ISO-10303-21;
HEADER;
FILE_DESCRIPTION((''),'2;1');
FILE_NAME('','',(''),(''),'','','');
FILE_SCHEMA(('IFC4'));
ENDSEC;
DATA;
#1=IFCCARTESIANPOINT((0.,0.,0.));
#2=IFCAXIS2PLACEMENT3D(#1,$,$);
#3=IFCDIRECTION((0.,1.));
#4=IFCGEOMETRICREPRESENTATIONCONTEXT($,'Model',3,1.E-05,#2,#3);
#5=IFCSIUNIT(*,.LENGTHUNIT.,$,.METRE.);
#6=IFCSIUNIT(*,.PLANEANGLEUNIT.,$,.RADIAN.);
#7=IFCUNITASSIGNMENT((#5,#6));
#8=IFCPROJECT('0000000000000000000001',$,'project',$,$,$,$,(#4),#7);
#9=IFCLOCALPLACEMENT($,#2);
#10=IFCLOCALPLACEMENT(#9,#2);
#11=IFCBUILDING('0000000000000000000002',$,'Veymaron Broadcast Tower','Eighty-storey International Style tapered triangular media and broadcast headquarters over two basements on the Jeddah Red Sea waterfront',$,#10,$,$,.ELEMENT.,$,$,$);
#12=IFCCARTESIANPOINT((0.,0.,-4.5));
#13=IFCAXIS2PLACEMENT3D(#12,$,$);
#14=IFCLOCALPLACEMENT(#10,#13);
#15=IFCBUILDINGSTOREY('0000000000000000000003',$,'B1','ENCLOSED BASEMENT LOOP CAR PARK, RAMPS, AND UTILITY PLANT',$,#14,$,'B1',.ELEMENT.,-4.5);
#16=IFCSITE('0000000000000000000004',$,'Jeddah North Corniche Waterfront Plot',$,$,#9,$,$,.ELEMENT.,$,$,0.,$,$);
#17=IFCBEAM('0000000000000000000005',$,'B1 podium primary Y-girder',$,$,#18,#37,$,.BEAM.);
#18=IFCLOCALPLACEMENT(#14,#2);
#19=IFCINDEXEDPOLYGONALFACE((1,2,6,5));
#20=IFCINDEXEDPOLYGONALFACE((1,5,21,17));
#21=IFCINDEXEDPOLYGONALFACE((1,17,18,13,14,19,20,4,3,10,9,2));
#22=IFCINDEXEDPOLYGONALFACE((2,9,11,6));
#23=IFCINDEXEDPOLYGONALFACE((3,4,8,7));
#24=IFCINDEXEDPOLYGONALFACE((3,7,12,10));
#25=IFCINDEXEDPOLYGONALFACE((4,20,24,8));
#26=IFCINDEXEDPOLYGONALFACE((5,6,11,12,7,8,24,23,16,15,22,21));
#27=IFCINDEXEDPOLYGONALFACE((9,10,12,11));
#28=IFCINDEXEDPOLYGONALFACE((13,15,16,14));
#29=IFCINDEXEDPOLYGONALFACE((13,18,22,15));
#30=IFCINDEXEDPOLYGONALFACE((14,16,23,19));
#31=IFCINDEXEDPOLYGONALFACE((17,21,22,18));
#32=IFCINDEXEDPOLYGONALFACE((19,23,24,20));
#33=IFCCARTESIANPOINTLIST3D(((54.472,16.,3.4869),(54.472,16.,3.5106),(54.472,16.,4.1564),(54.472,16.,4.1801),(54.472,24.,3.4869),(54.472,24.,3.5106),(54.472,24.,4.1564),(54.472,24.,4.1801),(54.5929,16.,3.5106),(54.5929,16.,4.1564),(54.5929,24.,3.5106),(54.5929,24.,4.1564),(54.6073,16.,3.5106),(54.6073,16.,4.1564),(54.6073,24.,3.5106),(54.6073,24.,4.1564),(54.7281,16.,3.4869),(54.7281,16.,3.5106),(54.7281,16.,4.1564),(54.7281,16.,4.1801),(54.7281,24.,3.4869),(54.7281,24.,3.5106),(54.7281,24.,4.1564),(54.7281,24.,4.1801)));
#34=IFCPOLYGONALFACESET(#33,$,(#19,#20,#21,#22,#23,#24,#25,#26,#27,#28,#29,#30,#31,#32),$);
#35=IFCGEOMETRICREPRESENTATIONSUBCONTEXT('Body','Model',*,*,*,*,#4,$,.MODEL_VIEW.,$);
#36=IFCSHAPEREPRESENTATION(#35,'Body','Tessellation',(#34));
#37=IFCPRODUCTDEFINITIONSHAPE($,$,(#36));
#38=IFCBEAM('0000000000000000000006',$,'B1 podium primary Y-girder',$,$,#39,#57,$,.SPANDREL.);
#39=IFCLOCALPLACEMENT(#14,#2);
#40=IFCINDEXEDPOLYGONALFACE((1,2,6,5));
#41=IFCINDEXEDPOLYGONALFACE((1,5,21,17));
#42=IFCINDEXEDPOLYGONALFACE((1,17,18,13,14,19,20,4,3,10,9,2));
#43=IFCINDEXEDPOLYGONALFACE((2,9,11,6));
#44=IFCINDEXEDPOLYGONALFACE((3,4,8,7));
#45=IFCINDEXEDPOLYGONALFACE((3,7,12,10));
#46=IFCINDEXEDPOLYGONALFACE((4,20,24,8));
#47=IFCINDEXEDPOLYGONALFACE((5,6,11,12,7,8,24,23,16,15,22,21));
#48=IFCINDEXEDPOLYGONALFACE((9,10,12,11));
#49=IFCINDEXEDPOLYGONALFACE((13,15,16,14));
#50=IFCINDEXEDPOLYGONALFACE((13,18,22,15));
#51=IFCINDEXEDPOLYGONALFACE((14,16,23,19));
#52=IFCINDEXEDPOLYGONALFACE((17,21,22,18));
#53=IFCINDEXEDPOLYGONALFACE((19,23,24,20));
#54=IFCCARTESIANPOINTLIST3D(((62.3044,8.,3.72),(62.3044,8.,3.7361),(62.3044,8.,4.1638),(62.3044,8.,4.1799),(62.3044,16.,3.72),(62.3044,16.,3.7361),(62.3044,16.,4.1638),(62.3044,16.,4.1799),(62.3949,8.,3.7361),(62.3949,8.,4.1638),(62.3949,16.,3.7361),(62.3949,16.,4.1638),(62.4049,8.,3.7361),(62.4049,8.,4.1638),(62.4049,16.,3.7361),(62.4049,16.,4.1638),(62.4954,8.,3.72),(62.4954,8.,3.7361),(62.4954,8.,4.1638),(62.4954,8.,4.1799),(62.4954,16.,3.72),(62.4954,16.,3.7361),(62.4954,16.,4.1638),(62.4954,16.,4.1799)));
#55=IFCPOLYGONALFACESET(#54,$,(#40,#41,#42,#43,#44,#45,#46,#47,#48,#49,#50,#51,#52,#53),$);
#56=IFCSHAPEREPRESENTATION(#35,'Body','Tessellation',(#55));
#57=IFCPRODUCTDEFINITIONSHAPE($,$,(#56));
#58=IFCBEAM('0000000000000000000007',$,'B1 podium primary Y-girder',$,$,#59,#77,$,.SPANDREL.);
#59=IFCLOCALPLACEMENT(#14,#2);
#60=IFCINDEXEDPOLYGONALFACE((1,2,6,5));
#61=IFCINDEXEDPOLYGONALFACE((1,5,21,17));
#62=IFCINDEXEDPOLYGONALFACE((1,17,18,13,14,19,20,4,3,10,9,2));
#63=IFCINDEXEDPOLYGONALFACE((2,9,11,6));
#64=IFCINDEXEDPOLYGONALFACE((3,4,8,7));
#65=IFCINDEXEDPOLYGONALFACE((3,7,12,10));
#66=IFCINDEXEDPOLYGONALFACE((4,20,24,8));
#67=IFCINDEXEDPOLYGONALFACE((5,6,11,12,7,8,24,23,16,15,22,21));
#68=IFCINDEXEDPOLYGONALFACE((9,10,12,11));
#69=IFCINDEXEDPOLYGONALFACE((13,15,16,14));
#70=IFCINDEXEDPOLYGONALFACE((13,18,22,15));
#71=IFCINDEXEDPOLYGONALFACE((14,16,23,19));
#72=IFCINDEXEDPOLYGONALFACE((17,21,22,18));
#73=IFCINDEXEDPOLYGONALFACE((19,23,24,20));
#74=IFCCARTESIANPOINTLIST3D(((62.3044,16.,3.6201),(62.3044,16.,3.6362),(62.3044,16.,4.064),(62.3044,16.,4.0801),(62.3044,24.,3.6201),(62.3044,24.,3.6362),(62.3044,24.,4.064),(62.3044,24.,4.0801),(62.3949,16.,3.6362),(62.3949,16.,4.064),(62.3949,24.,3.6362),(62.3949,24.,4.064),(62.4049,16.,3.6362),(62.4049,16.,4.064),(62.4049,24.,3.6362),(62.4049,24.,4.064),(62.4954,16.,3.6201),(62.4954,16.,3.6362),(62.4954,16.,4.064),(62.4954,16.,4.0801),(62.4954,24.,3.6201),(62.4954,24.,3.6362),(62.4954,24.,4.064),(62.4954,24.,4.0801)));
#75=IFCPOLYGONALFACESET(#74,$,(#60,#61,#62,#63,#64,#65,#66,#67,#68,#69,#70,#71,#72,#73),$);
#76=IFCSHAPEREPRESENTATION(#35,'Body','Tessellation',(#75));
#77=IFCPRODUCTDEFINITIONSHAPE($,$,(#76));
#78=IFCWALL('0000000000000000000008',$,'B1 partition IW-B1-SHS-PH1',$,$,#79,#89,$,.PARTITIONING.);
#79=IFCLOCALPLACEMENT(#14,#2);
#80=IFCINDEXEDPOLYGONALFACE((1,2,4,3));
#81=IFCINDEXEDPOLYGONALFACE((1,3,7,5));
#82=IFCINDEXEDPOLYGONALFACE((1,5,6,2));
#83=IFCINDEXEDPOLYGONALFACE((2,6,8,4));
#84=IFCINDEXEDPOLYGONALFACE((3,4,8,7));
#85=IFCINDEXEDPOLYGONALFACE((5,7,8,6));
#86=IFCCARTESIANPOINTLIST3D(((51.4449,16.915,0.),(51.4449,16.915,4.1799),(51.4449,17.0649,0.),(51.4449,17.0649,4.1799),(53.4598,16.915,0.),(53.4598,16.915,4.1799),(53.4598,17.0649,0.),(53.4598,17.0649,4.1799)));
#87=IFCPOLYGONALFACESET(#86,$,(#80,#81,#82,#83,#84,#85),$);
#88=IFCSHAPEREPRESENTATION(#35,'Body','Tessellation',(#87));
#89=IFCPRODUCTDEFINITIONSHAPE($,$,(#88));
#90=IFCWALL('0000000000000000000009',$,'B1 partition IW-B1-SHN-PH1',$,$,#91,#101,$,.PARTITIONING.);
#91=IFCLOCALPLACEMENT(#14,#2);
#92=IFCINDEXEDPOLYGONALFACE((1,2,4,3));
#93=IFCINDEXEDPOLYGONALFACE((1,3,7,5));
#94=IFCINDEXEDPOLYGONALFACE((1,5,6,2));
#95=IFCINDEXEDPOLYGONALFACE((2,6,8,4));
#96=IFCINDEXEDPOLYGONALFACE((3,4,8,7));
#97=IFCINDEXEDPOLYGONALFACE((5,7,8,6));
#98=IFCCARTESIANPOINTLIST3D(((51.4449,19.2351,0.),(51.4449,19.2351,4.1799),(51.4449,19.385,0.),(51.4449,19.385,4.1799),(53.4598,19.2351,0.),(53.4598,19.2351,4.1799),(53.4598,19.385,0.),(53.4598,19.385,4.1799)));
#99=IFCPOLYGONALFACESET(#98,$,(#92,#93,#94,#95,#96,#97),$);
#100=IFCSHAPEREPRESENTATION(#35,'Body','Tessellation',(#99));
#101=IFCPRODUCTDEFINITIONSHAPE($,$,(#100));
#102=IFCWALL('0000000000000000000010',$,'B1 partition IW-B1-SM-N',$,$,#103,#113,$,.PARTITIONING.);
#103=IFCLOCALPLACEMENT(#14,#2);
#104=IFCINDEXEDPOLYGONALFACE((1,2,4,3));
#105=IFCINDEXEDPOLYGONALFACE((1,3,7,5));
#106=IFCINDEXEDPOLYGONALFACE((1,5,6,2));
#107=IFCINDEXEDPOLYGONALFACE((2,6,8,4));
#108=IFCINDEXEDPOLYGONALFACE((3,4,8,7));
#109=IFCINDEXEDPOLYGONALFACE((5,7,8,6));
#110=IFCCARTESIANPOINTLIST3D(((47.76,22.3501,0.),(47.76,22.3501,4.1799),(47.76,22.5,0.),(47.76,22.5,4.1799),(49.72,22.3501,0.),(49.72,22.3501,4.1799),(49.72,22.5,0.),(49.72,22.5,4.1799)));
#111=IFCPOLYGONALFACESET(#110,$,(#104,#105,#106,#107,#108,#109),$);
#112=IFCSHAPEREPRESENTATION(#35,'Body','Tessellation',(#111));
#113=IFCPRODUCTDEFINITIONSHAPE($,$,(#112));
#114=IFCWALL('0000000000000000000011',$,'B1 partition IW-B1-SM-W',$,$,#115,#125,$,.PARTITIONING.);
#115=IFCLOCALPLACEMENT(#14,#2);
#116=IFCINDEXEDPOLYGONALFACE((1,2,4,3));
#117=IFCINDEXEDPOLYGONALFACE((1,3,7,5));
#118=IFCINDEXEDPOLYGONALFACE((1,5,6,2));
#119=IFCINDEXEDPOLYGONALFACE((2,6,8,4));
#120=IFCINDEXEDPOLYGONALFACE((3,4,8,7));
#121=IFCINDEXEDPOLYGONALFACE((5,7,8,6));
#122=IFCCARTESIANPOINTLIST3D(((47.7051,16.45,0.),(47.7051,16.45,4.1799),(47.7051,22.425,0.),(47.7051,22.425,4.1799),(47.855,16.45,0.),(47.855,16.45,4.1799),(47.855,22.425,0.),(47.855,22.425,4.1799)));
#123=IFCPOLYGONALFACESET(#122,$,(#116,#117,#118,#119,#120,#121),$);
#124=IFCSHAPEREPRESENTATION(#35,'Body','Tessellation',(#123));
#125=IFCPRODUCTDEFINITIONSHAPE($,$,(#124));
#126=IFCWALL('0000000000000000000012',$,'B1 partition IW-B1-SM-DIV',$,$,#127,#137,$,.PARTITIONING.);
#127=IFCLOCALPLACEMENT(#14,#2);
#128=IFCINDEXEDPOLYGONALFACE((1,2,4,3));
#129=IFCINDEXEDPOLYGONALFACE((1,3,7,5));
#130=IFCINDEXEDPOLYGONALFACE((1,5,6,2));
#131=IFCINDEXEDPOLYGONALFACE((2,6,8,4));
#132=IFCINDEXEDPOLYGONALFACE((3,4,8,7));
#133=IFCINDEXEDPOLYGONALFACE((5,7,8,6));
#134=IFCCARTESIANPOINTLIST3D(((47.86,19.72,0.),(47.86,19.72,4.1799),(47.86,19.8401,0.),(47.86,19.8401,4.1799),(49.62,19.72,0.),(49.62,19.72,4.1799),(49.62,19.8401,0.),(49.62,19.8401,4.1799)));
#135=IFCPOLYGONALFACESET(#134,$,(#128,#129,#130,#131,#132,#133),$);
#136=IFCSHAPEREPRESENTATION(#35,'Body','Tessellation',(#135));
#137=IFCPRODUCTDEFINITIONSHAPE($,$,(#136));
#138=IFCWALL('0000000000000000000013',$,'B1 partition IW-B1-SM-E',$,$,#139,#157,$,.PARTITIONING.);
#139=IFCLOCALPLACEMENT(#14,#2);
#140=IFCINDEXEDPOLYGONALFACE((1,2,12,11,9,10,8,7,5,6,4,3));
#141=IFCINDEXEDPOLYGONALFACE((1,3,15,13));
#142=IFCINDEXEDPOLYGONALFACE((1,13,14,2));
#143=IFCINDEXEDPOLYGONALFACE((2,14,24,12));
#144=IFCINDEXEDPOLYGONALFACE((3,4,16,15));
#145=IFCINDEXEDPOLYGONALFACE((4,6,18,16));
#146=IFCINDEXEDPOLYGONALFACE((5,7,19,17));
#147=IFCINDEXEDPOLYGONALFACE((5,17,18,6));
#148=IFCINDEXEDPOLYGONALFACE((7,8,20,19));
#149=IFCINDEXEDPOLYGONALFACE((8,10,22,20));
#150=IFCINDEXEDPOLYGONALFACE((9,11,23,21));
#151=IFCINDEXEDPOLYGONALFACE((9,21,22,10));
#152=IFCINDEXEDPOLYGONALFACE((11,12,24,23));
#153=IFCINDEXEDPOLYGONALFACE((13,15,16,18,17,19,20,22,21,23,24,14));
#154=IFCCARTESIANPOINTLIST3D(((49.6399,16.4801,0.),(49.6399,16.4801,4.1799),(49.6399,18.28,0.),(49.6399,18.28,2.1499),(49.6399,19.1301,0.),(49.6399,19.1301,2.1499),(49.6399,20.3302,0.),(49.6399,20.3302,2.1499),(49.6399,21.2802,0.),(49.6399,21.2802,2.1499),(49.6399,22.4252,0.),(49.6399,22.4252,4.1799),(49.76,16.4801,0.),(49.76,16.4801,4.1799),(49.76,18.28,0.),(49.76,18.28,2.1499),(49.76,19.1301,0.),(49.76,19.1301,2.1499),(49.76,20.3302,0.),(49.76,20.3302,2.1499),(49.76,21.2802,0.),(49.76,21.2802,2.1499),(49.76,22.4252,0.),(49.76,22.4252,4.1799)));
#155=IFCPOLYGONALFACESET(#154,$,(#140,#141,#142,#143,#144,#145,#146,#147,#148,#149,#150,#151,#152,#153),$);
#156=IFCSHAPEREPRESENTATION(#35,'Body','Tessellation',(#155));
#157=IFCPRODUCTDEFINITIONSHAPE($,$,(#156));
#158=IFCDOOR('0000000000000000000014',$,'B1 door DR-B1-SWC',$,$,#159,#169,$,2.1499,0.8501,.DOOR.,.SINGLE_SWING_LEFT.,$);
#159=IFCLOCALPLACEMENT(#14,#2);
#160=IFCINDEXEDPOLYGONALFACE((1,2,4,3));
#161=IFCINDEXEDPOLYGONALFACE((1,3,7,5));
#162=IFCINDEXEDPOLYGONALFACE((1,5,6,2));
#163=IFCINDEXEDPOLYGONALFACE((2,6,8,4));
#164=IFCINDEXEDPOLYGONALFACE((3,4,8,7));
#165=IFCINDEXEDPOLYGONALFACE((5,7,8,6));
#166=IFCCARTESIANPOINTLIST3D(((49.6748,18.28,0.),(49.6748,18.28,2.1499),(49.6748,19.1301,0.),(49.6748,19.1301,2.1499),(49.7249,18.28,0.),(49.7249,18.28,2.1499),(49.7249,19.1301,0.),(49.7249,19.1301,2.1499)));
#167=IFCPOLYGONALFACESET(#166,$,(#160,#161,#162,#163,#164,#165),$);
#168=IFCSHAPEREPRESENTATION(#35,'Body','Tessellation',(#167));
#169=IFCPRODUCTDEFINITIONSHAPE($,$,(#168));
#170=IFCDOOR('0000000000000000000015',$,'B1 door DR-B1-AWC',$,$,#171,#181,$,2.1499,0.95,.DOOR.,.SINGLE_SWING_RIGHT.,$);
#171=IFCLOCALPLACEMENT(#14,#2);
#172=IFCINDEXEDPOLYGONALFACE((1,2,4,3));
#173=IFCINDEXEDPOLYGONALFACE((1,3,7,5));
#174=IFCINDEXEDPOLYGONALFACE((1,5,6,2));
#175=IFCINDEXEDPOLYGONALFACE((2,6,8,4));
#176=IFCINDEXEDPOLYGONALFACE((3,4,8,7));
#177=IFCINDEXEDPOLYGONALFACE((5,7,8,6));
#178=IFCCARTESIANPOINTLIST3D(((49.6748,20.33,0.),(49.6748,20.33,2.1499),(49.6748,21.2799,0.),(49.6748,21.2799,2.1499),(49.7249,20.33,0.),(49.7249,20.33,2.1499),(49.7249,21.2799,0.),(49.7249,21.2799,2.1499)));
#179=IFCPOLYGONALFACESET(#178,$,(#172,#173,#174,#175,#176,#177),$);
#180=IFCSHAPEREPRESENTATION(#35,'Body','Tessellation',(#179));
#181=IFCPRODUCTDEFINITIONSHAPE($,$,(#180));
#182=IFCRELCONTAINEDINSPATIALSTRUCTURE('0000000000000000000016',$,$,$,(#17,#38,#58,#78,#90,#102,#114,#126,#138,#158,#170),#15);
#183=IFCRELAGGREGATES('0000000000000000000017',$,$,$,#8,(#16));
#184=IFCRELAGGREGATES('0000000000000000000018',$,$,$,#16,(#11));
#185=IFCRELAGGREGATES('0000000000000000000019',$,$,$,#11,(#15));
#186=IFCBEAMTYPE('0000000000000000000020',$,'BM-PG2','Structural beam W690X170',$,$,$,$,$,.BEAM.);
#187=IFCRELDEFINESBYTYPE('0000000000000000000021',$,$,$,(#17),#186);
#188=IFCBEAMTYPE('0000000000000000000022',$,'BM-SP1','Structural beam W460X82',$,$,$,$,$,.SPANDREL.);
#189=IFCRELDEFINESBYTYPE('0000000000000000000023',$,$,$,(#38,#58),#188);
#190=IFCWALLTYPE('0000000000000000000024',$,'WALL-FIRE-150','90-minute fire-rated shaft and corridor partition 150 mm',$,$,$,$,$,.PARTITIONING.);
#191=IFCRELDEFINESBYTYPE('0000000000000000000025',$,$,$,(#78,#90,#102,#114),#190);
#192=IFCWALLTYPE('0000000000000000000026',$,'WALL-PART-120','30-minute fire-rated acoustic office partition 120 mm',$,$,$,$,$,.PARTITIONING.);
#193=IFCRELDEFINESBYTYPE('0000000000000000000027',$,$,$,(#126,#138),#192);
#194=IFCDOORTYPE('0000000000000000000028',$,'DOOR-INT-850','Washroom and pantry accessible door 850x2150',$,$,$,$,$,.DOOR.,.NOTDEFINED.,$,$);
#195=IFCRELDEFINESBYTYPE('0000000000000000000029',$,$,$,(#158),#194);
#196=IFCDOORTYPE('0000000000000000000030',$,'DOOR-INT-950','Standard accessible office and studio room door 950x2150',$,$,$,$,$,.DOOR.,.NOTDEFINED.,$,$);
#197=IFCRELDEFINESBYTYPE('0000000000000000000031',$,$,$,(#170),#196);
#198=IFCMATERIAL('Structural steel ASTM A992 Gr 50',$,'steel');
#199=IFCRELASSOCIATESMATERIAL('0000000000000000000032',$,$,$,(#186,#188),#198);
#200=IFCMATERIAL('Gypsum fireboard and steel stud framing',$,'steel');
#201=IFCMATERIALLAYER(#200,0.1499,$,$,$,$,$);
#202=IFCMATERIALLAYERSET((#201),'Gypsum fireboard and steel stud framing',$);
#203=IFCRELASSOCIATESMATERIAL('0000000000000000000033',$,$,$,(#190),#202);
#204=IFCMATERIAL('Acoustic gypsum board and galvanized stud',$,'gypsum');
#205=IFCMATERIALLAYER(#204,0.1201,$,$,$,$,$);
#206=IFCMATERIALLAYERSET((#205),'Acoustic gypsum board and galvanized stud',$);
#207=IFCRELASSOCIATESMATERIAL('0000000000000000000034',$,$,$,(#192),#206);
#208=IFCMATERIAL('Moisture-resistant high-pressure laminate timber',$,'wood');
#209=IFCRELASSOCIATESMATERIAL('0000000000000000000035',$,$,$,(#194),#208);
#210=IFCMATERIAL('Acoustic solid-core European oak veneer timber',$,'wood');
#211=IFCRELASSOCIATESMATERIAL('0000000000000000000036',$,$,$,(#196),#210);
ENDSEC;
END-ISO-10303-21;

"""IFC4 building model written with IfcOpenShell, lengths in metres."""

from ifc_helpers import new_model, si_unit, direction, frame, frame_2d, origin, origin_2d, place, context, subcontext, project, spatial, rectangle, i_section, extrude, material, layer, layer_set, material_profile, profile_set, type_object, element, fill, save


model = new_model("IFC4")

# Units and contexts
model_context = context("Model", 3, precision=1e-05, world=origin(), true_north=direction((0.0, 1.0)))
body_context = subcontext(model_context, "Body", "Model", "MODEL_VIEW")
ifc_project = project(units=[si_unit("LENGTHUNIT", "METRE"), si_unit("PLANEANGLEUNIT", "RADIAN")], contexts=[model_context])

# Site, building, storey
site_placement = place(None, origin())
site = spatial("IfcSite", under=ifc_project, at=site_placement, Name="Jeddah North Corniche Waterfront Plot", CompositionType="ELEMENT", RefElevation=0.0)
building_placement = place(site_placement, origin())
building = spatial("IfcBuilding", under=site, at=building_placement, Name="Veymaron Broadcast Tower", Description="Eighty-storey International Style tapered triangular media and broadcast headquarters over two basements on the Jeddah Red Sea waterfront", CompositionType="ELEMENT")
storey_placement = place(building_placement, frame((0.0, 0.0, -4.5)))
storey = spatial("IfcBuildingStorey", under=building, at=storey_placement, Name="B1", Description="ENCLOSED BASEMENT LOOP CAR PARK, RAMPS, AND UTILITY PLANT", LongName="B1", CompositionType="ELEMENT", Elevation=-4.5)

# Beams
ifc_material_1 = material(Name="Structural steel ASTM A992 Gr 50", Category="steel")
ifc_material_profile_1 = material_profile(ifc_material_1, i_section(OverallWidth=0.2561, OverallDepth=0.6931, WebThickness=0.0144, FlangeThickness=0.0237, at=origin_2d()), Name="W690X170")
ifc_profile_set_1 = profile_set([ifc_material_profile_1], Name="Structural steel ASTM A992 Gr 50")
beam_type_1 = type_object("IfcBeamType", Name="BM-PG2", Description="Structural beam W690X170", PredefinedType="BEAM", material=ifc_profile_set_1)
beam_1_placement = place(storey_placement, frame((54.6001, 16.0, 3.8335), z_axis=(0.0, 1.0, 0.0), x_axis=(-1.0, 0.0, 0.0)))
element("IfcBeam", 1, at=beam_1_placement, inside=storey, type_object=beam_type_1, Name="B1 podium primary Y-girder", PredefinedType="BEAM", context=body_context, shape_type="SweptSolid", body=[
    extrude(i_section(OverallWidth=0.2561, OverallDepth=0.6931, WebThickness=0.0144, FlangeThickness=0.0237, at=origin_2d()), origin(), (0.0, 0.0, 1.0), 8.0),
])
ifc_material_profile_2 = material_profile(ifc_material_1, i_section(OverallWidth=0.1909, OverallDepth=0.46, WebThickness=0.01, FlangeThickness=0.0161, at=origin_2d()), Name="W460X82")
ifc_profile_set_2 = profile_set([ifc_material_profile_2], Name="Structural steel ASTM A992 Gr 50")
beam_type_2 = type_object("IfcBeamType", Name="BM-SP1", Description="Structural beam W460X82", PredefinedType="SPANDREL", material=ifc_profile_set_2)
for number, where, z_axis, x_axis, name in (
    (2, (62.3999, 8.0, 3.95), (0.0, 1.0, 0.0), (-1.0, 0.0, 0.0), "B1 podium primary Y-girder"),
    (3, (62.3999, 16.0, 3.8501), (0.0, 1.0, 0.0), (-1.0, 0.0, 0.0), "B1 podium primary Y-girder"),
):
    element("IfcBeam", number, at=place(storey_placement, frame(where, z_axis=z_axis, x_axis=x_axis)), inside=storey, type_object=beam_type_2, Name=name, PredefinedType="SPANDREL", context=body_context, shape_type="SweptSolid", body=[
        extrude(i_section(OverallWidth=0.1909, OverallDepth=0.46, WebThickness=0.01, FlangeThickness=0.0161, at=origin_2d()), origin(), (0.0, 0.0, 1.0), 8.0),
    ])

# Shared definitions
ifc_material_2 = material(Name="Gypsum fireboard and steel stud framing", Category="steel")
ifc_layer_1 = layer(ifc_material_2, 0.1499)
ifc_layer_set_1 = layer_set([ifc_layer_1], Name="Gypsum fireboard and steel stud framing")
wall_type_1 = type_object("IfcWallType", Name="WALL-FIRE-150", Description="90-minute fire-rated shaft and corridor partition 150 mm", PredefinedType="PARTITIONING", material=ifc_layer_set_1)

# Walls
for number, where, z_axis, x_axis, name in (
    (4, (51.4451, 16.99, 0.0), (0.0, 0.0, 1.0), (1.0, 0.0, 0.0), "B1 partition IW-B1-SHS-PH1"),
    (5, (51.4451, 19.3101, 0.0), (0.0, 0.0, 1.0), (1.0, 0.0, 0.0), "B1 partition IW-B1-SHN-PH1"),
):
    element("IfcWall", number, at=place(storey_placement, frame(where, z_axis=z_axis, x_axis=x_axis)), inside=storey, type_object=wall_type_1, Name=name, PredefinedType="PARTITIONING", context=body_context, shape_type="SweptSolid", body=[
        extrude(rectangle(XDim=2.0149, YDim=0.1499, at=frame_2d((1.0073, 0.0))), origin(), (0.0, 0.0, 1.0), 4.1799),
    ])

# Walls
wall_1_placement = place(storey_placement, frame((47.76, 22.425, 0.0), z_axis=(0.0, 0.0, 1.0), x_axis=(1.0, 0.0, 0.0)))
element("IfcWall", 6, at=wall_1_placement, inside=storey, type_object=wall_type_1, Name="B1 partition IW-B1-SM-N", PredefinedType="PARTITIONING", context=body_context, shape_type="SweptSolid", body=[
    extrude(rectangle(XDim=1.96, YDim=0.1499, at=frame_2d((0.98, 0.0))), origin(), (0.0, 0.0, 1.0), 4.1799),
])
wall_2_placement = place(storey_placement, frame((47.78, 16.45, 0.0), z_axis=(0.0, 0.0, 1.0), x_axis=(0.0, 1.0, 0.0)))
element("IfcWall", 7, at=wall_2_placement, inside=storey, type_object=wall_type_1, Name="B1 partition IW-B1-SM-W", PredefinedType="PARTITIONING", context=body_context, shape_type="SweptSolid", body=[
    extrude(rectangle(XDim=5.9751, YDim=0.1499, at=frame_2d((2.9875, 0.0))), origin(), (0.0, 0.0, 1.0), 4.1799),
])
ifc_material_3 = material(Name="Acoustic gypsum board and galvanized stud", Category="gypsum")
ifc_layer_2 = layer(ifc_material_3, 0.1201)
ifc_layer_set_2 = layer_set([ifc_layer_2], Name="Acoustic gypsum board and galvanized stud")
wall_type_2 = type_object("IfcWallType", Name="WALL-PART-120", Description="30-minute fire-rated acoustic office partition 120 mm", PredefinedType="PARTITIONING", material=ifc_layer_set_2)
wall_3_placement = place(storey_placement, frame((47.8601, 19.78, 0.0), z_axis=(0.0, 0.0, 1.0), x_axis=(1.0, 0.0, 0.0)))
element("IfcWall", 8, at=wall_3_placement, inside=storey, type_object=wall_type_2, Name="B1 partition IW-B1-SM-DIV", PredefinedType="PARTITIONING", context=body_context, shape_type="SweptSolid", body=[
    extrude(rectangle(XDim=1.76, YDim=0.1201, at=frame_2d((0.8799, 0.0))), origin(), (0.0, 0.0, 1.0), 4.1799),
])

# Wall, openings, doors
wall_4_placement = place(storey_placement, frame((49.7, 16.48, 0.0), z_axis=(0.0, 0.0, 1.0), x_axis=(0.0, 1.0, 0.0)))
wall_4 = element("IfcWall", 9, at=wall_4_placement, inside=storey, type_object=wall_type_2, Name="B1 partition IW-B1-SM-E", PredefinedType="PARTITIONING", context=body_context, shape_type="SweptSolid", body=[
    extrude(rectangle(XDim=5.9451, YDim=0.1201, at=frame_2d((2.9727, 0.0))), origin(), (0.0, 0.0, 1.0), 4.1799),
])
opening_1_placement = place(wall_4_placement, frame((1.8, 0.0, 0.0)))
opening_1 = element("IfcOpeningElement", 10, at=opening_1_placement, cuts=wall_4, PredefinedType="OPENING", context=body_context, shape_type="SweptSolid", body=[
    extrude(rectangle(XDim=0.8501, YDim=2.1499, at=frame_2d((0.425, 1.075))), frame((0.0, 0.0701, 0.0), z_axis=(0.0, -1.0, 0.0), x_axis=(1.0, 0.0, 0.0)), (0.0, 0.0, 1.0), 0.1401),
])
opening_2_placement = place(wall_4_placement, frame((3.8501, 0.0, 0.0)))
opening_2 = element("IfcOpeningElement", 11, at=opening_2_placement, cuts=wall_4, PredefinedType="OPENING", context=body_context, shape_type="SweptSolid", body=[
    extrude(rectangle(XDim=0.95, YDim=2.1499, at=frame_2d((0.4751, 1.075))), frame((0.0, 0.0701, 0.0), z_axis=(0.0, -1.0, 0.0), x_axis=(1.0, 0.0, 0.0)), (0.0, 0.0, 1.0), 0.1401),
])
ifc_material_4 = material(Name="Moisture-resistant high-pressure laminate timber", Category="wood")
door_type_1 = type_object("IfcDoorType", Name="DOOR-INT-850", Description="Washroom and pantry accessible door 850x2150", OperationType="NOTDEFINED", PredefinedType="DOOR", material=ifc_material_4)
door_1_placement = place(opening_1_placement, frame((0.8501, 0.0, 0.0), z_axis=(0.0, 0.0, 1.0), x_axis=(-1.0, 0.0, 0.0)))
door_1 = element("IfcDoor", 12, at=door_1_placement, inside=storey, type_object=door_type_1, Name="B1 door DR-B1-SWC", OperationType="SINGLE_SWING_LEFT", OverallHeight=2.1499, OverallWidth=0.8501, PredefinedType="DOOR", context=body_context, shape_type="SweptSolid", body=[
    extrude(rectangle(XDim=0.8501, YDim=2.1499, at=frame_2d((0.425, 1.075))), frame((0.0, 0.0249, 0.0), z_axis=(0.0, -1.0, 0.0), x_axis=(1.0, 0.0, 0.0)), (0.0, 0.0, 1.0), 0.05),
])
fill(opening_1, door_1)
ifc_material_5 = material(Name="Acoustic solid-core European oak veneer timber", Category="wood")
door_type_2 = type_object("IfcDoorType", Name="DOOR-INT-950", Description="Standard accessible office and studio room door 950x2150", OperationType="NOTDEFINED", PredefinedType="DOOR", material=ifc_material_5)
door_2_placement = place(opening_2_placement, frame((0.95, 0.0, 0.0), z_axis=(0.0, 0.0, 1.0), x_axis=(-1.0, 0.0, 0.0)))
door_2 = element("IfcDoor", 13, at=door_2_placement, inside=storey, type_object=door_type_2, Name="B1 door DR-B1-AWC", OperationType="SINGLE_SWING_RIGHT", OverallHeight=2.1499, OverallWidth=0.95, PredefinedType="DOOR", context=body_context, shape_type="SweptSolid", body=[
    extrude(rectangle(XDim=0.95, YDim=2.1499, at=frame_2d((0.4751, 1.075))), frame((0.0, 0.0249, 0.0), z_axis=(0.0, -1.0, 0.0), x_axis=(1.0, 0.0, 0.0)), (0.0, 0.0, 1.0), 0.05),
])
fill(opening_2, door_2)

save(model, "model.ifc")
